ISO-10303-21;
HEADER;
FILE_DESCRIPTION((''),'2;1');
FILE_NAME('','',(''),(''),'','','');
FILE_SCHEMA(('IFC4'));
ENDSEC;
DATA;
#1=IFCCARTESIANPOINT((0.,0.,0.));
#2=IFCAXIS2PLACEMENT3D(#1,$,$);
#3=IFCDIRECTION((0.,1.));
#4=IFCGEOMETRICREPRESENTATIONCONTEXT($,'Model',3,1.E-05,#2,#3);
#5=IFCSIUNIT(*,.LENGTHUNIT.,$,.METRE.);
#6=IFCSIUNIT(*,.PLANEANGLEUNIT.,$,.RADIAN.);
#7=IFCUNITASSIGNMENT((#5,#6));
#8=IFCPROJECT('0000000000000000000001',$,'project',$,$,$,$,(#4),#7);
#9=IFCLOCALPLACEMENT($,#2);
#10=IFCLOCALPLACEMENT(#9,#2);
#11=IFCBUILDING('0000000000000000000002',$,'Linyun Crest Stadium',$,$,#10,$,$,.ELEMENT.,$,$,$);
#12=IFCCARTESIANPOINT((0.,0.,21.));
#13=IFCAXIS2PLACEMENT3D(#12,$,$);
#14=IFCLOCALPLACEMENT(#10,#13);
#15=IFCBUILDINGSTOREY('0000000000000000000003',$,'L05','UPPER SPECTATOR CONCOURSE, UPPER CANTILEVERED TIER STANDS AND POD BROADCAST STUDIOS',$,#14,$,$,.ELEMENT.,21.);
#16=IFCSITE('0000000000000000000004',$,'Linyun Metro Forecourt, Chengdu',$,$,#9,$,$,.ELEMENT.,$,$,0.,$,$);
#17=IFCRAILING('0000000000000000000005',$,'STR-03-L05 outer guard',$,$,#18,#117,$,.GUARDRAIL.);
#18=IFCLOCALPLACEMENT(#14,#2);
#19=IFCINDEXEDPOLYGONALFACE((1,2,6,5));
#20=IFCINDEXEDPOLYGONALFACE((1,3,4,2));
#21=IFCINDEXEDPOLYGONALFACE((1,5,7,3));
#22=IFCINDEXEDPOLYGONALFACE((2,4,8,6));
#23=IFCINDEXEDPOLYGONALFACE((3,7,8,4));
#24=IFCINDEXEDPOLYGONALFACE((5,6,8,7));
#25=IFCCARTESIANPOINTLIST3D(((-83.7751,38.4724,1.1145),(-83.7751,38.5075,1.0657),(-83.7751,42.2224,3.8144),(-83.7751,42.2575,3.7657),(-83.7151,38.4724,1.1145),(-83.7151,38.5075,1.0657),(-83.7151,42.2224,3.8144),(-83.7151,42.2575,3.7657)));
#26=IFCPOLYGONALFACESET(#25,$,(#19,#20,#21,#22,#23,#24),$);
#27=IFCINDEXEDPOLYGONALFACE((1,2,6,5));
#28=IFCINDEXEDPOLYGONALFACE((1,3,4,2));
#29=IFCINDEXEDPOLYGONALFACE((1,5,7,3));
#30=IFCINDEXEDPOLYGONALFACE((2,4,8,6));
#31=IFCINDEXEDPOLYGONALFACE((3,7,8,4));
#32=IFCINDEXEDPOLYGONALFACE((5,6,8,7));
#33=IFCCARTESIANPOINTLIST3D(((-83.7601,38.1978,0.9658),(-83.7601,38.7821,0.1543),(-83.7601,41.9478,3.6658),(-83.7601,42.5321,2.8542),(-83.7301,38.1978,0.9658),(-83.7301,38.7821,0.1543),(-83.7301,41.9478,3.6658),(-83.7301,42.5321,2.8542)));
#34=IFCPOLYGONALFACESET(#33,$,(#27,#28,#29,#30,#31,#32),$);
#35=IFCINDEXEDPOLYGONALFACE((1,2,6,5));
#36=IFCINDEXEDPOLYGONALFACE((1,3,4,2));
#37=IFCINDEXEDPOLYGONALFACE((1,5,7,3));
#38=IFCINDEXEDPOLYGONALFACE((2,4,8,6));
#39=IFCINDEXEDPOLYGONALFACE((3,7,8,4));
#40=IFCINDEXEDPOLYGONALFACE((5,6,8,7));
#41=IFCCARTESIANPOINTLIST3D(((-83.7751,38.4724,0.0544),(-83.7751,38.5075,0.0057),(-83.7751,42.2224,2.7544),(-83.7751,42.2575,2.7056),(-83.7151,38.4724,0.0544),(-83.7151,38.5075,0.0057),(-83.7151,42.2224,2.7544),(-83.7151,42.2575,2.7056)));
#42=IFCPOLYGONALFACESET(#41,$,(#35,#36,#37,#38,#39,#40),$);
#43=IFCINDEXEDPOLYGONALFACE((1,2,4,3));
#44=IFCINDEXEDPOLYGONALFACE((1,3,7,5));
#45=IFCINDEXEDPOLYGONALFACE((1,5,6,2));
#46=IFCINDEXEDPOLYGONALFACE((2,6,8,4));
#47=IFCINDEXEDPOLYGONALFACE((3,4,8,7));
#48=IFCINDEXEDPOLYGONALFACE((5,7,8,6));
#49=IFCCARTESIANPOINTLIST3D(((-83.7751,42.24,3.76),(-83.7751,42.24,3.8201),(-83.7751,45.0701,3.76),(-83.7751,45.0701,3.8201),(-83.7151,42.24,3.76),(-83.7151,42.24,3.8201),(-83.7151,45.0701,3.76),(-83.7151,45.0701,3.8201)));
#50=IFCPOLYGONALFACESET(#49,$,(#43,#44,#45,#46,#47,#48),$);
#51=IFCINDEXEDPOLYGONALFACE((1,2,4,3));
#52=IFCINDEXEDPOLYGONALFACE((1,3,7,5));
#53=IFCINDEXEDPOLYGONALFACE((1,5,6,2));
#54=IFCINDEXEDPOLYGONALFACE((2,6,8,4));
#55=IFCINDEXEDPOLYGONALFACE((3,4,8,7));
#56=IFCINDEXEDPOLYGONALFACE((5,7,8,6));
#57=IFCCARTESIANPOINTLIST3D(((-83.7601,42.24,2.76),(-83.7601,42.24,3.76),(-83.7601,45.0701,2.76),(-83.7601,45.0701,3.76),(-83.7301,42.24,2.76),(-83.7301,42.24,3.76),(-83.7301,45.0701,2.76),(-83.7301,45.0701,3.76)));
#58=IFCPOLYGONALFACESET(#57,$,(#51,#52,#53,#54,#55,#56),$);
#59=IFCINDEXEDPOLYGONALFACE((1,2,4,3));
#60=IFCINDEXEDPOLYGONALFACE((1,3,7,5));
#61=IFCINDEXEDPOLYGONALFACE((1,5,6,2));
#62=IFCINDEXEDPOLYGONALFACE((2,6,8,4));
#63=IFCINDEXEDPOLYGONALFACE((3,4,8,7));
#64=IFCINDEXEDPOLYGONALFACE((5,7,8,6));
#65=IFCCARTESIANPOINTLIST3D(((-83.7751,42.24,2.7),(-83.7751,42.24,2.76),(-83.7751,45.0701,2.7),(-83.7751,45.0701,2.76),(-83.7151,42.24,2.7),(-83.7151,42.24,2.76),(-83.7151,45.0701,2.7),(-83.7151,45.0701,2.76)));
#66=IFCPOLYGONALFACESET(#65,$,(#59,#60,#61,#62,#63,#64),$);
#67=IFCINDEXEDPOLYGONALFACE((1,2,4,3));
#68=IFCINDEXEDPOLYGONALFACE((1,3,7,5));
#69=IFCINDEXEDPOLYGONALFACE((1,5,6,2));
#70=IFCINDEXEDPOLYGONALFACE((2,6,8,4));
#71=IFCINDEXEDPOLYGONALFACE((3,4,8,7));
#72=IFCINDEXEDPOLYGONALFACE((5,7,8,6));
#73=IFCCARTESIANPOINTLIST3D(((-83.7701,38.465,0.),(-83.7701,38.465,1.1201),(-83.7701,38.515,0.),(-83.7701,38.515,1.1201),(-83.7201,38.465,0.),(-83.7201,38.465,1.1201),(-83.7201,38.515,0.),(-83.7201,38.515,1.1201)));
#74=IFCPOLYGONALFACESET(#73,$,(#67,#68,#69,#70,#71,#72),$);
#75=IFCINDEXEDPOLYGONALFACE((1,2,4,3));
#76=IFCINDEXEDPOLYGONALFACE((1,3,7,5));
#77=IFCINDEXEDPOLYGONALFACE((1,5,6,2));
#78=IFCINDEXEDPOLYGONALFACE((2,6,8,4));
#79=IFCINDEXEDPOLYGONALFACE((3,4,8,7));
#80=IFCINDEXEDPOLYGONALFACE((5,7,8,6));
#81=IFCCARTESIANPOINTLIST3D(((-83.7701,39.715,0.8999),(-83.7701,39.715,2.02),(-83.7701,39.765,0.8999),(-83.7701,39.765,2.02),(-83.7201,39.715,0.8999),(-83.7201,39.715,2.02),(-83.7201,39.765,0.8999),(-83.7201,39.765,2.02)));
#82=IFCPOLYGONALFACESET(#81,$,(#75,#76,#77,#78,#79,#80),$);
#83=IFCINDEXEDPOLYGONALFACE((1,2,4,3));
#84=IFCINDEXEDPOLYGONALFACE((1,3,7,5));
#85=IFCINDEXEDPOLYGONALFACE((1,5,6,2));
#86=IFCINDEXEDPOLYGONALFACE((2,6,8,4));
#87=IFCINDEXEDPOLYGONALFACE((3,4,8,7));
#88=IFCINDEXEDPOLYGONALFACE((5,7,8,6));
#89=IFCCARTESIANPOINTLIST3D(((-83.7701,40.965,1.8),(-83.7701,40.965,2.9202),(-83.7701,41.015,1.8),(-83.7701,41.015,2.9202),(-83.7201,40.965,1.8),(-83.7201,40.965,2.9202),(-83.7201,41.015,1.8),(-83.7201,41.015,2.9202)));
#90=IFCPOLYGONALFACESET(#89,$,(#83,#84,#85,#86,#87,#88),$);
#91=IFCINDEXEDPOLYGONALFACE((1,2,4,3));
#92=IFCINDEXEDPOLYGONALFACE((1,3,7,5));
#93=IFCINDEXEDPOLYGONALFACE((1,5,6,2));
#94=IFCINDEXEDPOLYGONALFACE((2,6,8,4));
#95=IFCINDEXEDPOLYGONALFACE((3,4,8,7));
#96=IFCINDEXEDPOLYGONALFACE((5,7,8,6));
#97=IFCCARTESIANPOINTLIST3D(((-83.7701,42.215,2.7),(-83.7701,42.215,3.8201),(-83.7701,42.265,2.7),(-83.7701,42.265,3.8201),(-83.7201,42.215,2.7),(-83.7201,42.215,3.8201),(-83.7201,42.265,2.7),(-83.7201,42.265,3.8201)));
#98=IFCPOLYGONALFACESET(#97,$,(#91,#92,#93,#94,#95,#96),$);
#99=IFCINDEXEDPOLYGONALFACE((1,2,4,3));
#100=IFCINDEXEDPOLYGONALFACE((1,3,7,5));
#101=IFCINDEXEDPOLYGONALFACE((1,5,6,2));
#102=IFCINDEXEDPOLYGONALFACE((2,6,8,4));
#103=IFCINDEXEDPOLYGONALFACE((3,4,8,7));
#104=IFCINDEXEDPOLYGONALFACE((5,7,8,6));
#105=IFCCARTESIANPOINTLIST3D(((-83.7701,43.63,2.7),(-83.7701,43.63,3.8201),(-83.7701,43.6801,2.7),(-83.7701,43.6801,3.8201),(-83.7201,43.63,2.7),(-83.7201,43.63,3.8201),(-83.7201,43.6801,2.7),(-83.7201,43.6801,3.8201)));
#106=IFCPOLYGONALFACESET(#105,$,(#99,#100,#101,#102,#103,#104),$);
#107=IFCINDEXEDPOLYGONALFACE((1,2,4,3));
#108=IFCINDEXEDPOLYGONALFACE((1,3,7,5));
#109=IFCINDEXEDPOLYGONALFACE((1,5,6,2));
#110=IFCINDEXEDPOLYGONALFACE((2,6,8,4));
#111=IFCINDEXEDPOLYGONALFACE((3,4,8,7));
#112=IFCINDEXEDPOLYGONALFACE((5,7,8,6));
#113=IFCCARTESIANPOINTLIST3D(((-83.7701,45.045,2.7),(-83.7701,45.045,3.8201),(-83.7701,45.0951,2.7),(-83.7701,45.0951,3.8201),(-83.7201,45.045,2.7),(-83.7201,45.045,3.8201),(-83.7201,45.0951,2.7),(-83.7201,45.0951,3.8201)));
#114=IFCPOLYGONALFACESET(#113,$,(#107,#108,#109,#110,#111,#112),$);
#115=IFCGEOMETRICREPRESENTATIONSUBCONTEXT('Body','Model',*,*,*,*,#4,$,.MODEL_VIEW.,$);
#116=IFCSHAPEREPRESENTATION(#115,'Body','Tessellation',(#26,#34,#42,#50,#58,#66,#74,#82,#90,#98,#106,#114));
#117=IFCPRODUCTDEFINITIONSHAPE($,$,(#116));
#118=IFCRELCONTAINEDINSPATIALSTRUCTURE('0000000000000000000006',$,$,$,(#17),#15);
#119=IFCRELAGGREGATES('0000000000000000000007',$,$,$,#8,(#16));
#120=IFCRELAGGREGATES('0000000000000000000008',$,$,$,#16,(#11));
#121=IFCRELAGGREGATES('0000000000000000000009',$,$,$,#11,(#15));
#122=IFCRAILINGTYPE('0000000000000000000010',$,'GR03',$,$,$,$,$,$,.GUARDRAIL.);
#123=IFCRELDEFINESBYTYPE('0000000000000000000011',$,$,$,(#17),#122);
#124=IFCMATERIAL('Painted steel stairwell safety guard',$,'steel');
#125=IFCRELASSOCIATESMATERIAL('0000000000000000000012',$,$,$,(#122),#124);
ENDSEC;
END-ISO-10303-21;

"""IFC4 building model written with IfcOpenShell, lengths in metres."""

from ifc_helpers import new_model, si_unit, direction, frame, origin, origin_2d, place, context, subcontext, project, spatial, rectangle, extrude, material, type_object, element, save


model = new_model("IFC4")

# Units and contexts
model_context = context("Model", 3, precision=1e-05, world=origin(), true_north=direction((0.0, 1.0)))
body_context = subcontext(model_context, "Body", "Model", "MODEL_VIEW")
ifc_project = project(units=[si_unit("LENGTHUNIT", "METRE"), si_unit("PLANEANGLEUNIT", "RADIAN")], contexts=[model_context])

# Site, building, storey
site_placement = place(None, origin())
site = spatial("IfcSite", under=ifc_project, at=site_placement, Name="Linyun Metro Forecourt, Chengdu", CompositionType="ELEMENT", RefElevation=0.0)
building_placement = place(site_placement, origin())
building = spatial("IfcBuilding", under=site, at=building_placement, Name="Linyun Crest Stadium", CompositionType="ELEMENT")
storey_placement = place(building_placement, frame((0.0, 0.0, 21.0)))
storey = spatial("IfcBuildingStorey", under=building, at=storey_placement, Name="L05", Description="UPPER SPECTATOR CONCOURSE, UPPER CANTILEVERED TIER STANDS AND POD BROADCAST STUDIOS", CompositionType="ELEMENT", Elevation=21.0)

# Railing
ifc_material_1 = material(Name="Painted steel stairwell safety guard", Category="steel")
railing_type_1 = type_object("IfcRailingType", Name="GR03", PredefinedType="GUARDRAIL", material=ifc_material_1)
railing_1_placement = place(storey_placement, frame((-83.7451, 38.49, 0.0)))
element("IfcRailing", 1, at=railing_1_placement, inside=storey, type_object=railing_type_1, Name="STR-03-L05 outer guard", PredefinedType="GUARDRAIL", context=body_context, shape_type="SweptSolid", body=[
    extrude(rectangle(XDim=0.0601, YDim=0.0601, at=origin_2d()), frame((0.0, 0.0, 1.0901), z_axis=(0.0, 0.811539, 0.584298), x_axis=(-1.0, 0.0, 0.0)), (0.0, 0.0, 1.0), 4.6208),
    extrude(rectangle(XDim=0.03, YDim=1.0, at=origin_2d()), frame((0.0, 0.0, 0.5601), z_axis=(0.0, 0.811539, 0.584298), x_axis=(-1.0, 0.0, 0.0)), (0.0, 0.0, 1.0), 4.6208),
    extrude(rectangle(XDim=0.0601, YDim=0.0601, at=origin_2d()), frame((0.0, 0.0, 0.03), z_axis=(0.0, 0.811539, 0.584298), x_axis=(-1.0, 0.0, 0.0)), (0.0, 0.0, 1.0), 4.6208),
    extrude(rectangle(XDim=0.0601, YDim=0.0601, at=origin_2d()), frame((0.0, 3.75, 3.79), z_axis=(0.0, 1.0, 0.0), x_axis=(-1.0, 0.0, 0.0)), (0.0, 0.0, 1.0), 2.8301),
    extrude(rectangle(XDim=0.03, YDim=1.0, at=origin_2d()), frame((0.0, 3.75, 3.26), z_axis=(0.0, 1.0, 0.0), x_axis=(-1.0, 0.0, 0.0)), (0.0, 0.0, 1.0), 2.8301),
    extrude(rectangle(XDim=0.0601, YDim=0.0601, at=origin_2d()), frame((0.0, 3.75, 2.73), z_axis=(0.0, 1.0, 0.0), x_axis=(-1.0, 0.0, 0.0)), (0.0, 0.0, 1.0), 2.8301),
    extrude(rectangle(XDim=0.05, YDim=0.05, at=origin_2d()), origin(), (0.0, 0.0, 1.0), 1.1201),
    extrude(rectangle(XDim=0.05, YDim=0.05, at=origin_2d()), frame((0.0, 1.25, 0.8999)), (0.0, 0.0, 1.0), 1.1201),
    extrude(rectangle(XDim=0.05, YDim=0.05, at=origin_2d()), frame((0.0, 2.5, 1.8)), (0.0, 0.0, 1.0), 1.1201),
    extrude(rectangle(XDim=0.05, YDim=0.05, at=origin_2d()), frame((0.0, 3.75, 2.7)), (0.0, 0.0, 1.0), 1.1201),
    extrude(rectangle(XDim=0.05, YDim=0.05, at=origin_2d()), frame((0.0, 5.165, 2.7)), (0.0, 0.0, 1.0), 1.1201),
    extrude(rectangle(XDim=0.05, YDim=0.05, at=origin_2d()), frame((0.0, 6.5801, 2.7)), (0.0, 0.0, 1.0), 1.1201),
])

save(model, "model.ifc")
